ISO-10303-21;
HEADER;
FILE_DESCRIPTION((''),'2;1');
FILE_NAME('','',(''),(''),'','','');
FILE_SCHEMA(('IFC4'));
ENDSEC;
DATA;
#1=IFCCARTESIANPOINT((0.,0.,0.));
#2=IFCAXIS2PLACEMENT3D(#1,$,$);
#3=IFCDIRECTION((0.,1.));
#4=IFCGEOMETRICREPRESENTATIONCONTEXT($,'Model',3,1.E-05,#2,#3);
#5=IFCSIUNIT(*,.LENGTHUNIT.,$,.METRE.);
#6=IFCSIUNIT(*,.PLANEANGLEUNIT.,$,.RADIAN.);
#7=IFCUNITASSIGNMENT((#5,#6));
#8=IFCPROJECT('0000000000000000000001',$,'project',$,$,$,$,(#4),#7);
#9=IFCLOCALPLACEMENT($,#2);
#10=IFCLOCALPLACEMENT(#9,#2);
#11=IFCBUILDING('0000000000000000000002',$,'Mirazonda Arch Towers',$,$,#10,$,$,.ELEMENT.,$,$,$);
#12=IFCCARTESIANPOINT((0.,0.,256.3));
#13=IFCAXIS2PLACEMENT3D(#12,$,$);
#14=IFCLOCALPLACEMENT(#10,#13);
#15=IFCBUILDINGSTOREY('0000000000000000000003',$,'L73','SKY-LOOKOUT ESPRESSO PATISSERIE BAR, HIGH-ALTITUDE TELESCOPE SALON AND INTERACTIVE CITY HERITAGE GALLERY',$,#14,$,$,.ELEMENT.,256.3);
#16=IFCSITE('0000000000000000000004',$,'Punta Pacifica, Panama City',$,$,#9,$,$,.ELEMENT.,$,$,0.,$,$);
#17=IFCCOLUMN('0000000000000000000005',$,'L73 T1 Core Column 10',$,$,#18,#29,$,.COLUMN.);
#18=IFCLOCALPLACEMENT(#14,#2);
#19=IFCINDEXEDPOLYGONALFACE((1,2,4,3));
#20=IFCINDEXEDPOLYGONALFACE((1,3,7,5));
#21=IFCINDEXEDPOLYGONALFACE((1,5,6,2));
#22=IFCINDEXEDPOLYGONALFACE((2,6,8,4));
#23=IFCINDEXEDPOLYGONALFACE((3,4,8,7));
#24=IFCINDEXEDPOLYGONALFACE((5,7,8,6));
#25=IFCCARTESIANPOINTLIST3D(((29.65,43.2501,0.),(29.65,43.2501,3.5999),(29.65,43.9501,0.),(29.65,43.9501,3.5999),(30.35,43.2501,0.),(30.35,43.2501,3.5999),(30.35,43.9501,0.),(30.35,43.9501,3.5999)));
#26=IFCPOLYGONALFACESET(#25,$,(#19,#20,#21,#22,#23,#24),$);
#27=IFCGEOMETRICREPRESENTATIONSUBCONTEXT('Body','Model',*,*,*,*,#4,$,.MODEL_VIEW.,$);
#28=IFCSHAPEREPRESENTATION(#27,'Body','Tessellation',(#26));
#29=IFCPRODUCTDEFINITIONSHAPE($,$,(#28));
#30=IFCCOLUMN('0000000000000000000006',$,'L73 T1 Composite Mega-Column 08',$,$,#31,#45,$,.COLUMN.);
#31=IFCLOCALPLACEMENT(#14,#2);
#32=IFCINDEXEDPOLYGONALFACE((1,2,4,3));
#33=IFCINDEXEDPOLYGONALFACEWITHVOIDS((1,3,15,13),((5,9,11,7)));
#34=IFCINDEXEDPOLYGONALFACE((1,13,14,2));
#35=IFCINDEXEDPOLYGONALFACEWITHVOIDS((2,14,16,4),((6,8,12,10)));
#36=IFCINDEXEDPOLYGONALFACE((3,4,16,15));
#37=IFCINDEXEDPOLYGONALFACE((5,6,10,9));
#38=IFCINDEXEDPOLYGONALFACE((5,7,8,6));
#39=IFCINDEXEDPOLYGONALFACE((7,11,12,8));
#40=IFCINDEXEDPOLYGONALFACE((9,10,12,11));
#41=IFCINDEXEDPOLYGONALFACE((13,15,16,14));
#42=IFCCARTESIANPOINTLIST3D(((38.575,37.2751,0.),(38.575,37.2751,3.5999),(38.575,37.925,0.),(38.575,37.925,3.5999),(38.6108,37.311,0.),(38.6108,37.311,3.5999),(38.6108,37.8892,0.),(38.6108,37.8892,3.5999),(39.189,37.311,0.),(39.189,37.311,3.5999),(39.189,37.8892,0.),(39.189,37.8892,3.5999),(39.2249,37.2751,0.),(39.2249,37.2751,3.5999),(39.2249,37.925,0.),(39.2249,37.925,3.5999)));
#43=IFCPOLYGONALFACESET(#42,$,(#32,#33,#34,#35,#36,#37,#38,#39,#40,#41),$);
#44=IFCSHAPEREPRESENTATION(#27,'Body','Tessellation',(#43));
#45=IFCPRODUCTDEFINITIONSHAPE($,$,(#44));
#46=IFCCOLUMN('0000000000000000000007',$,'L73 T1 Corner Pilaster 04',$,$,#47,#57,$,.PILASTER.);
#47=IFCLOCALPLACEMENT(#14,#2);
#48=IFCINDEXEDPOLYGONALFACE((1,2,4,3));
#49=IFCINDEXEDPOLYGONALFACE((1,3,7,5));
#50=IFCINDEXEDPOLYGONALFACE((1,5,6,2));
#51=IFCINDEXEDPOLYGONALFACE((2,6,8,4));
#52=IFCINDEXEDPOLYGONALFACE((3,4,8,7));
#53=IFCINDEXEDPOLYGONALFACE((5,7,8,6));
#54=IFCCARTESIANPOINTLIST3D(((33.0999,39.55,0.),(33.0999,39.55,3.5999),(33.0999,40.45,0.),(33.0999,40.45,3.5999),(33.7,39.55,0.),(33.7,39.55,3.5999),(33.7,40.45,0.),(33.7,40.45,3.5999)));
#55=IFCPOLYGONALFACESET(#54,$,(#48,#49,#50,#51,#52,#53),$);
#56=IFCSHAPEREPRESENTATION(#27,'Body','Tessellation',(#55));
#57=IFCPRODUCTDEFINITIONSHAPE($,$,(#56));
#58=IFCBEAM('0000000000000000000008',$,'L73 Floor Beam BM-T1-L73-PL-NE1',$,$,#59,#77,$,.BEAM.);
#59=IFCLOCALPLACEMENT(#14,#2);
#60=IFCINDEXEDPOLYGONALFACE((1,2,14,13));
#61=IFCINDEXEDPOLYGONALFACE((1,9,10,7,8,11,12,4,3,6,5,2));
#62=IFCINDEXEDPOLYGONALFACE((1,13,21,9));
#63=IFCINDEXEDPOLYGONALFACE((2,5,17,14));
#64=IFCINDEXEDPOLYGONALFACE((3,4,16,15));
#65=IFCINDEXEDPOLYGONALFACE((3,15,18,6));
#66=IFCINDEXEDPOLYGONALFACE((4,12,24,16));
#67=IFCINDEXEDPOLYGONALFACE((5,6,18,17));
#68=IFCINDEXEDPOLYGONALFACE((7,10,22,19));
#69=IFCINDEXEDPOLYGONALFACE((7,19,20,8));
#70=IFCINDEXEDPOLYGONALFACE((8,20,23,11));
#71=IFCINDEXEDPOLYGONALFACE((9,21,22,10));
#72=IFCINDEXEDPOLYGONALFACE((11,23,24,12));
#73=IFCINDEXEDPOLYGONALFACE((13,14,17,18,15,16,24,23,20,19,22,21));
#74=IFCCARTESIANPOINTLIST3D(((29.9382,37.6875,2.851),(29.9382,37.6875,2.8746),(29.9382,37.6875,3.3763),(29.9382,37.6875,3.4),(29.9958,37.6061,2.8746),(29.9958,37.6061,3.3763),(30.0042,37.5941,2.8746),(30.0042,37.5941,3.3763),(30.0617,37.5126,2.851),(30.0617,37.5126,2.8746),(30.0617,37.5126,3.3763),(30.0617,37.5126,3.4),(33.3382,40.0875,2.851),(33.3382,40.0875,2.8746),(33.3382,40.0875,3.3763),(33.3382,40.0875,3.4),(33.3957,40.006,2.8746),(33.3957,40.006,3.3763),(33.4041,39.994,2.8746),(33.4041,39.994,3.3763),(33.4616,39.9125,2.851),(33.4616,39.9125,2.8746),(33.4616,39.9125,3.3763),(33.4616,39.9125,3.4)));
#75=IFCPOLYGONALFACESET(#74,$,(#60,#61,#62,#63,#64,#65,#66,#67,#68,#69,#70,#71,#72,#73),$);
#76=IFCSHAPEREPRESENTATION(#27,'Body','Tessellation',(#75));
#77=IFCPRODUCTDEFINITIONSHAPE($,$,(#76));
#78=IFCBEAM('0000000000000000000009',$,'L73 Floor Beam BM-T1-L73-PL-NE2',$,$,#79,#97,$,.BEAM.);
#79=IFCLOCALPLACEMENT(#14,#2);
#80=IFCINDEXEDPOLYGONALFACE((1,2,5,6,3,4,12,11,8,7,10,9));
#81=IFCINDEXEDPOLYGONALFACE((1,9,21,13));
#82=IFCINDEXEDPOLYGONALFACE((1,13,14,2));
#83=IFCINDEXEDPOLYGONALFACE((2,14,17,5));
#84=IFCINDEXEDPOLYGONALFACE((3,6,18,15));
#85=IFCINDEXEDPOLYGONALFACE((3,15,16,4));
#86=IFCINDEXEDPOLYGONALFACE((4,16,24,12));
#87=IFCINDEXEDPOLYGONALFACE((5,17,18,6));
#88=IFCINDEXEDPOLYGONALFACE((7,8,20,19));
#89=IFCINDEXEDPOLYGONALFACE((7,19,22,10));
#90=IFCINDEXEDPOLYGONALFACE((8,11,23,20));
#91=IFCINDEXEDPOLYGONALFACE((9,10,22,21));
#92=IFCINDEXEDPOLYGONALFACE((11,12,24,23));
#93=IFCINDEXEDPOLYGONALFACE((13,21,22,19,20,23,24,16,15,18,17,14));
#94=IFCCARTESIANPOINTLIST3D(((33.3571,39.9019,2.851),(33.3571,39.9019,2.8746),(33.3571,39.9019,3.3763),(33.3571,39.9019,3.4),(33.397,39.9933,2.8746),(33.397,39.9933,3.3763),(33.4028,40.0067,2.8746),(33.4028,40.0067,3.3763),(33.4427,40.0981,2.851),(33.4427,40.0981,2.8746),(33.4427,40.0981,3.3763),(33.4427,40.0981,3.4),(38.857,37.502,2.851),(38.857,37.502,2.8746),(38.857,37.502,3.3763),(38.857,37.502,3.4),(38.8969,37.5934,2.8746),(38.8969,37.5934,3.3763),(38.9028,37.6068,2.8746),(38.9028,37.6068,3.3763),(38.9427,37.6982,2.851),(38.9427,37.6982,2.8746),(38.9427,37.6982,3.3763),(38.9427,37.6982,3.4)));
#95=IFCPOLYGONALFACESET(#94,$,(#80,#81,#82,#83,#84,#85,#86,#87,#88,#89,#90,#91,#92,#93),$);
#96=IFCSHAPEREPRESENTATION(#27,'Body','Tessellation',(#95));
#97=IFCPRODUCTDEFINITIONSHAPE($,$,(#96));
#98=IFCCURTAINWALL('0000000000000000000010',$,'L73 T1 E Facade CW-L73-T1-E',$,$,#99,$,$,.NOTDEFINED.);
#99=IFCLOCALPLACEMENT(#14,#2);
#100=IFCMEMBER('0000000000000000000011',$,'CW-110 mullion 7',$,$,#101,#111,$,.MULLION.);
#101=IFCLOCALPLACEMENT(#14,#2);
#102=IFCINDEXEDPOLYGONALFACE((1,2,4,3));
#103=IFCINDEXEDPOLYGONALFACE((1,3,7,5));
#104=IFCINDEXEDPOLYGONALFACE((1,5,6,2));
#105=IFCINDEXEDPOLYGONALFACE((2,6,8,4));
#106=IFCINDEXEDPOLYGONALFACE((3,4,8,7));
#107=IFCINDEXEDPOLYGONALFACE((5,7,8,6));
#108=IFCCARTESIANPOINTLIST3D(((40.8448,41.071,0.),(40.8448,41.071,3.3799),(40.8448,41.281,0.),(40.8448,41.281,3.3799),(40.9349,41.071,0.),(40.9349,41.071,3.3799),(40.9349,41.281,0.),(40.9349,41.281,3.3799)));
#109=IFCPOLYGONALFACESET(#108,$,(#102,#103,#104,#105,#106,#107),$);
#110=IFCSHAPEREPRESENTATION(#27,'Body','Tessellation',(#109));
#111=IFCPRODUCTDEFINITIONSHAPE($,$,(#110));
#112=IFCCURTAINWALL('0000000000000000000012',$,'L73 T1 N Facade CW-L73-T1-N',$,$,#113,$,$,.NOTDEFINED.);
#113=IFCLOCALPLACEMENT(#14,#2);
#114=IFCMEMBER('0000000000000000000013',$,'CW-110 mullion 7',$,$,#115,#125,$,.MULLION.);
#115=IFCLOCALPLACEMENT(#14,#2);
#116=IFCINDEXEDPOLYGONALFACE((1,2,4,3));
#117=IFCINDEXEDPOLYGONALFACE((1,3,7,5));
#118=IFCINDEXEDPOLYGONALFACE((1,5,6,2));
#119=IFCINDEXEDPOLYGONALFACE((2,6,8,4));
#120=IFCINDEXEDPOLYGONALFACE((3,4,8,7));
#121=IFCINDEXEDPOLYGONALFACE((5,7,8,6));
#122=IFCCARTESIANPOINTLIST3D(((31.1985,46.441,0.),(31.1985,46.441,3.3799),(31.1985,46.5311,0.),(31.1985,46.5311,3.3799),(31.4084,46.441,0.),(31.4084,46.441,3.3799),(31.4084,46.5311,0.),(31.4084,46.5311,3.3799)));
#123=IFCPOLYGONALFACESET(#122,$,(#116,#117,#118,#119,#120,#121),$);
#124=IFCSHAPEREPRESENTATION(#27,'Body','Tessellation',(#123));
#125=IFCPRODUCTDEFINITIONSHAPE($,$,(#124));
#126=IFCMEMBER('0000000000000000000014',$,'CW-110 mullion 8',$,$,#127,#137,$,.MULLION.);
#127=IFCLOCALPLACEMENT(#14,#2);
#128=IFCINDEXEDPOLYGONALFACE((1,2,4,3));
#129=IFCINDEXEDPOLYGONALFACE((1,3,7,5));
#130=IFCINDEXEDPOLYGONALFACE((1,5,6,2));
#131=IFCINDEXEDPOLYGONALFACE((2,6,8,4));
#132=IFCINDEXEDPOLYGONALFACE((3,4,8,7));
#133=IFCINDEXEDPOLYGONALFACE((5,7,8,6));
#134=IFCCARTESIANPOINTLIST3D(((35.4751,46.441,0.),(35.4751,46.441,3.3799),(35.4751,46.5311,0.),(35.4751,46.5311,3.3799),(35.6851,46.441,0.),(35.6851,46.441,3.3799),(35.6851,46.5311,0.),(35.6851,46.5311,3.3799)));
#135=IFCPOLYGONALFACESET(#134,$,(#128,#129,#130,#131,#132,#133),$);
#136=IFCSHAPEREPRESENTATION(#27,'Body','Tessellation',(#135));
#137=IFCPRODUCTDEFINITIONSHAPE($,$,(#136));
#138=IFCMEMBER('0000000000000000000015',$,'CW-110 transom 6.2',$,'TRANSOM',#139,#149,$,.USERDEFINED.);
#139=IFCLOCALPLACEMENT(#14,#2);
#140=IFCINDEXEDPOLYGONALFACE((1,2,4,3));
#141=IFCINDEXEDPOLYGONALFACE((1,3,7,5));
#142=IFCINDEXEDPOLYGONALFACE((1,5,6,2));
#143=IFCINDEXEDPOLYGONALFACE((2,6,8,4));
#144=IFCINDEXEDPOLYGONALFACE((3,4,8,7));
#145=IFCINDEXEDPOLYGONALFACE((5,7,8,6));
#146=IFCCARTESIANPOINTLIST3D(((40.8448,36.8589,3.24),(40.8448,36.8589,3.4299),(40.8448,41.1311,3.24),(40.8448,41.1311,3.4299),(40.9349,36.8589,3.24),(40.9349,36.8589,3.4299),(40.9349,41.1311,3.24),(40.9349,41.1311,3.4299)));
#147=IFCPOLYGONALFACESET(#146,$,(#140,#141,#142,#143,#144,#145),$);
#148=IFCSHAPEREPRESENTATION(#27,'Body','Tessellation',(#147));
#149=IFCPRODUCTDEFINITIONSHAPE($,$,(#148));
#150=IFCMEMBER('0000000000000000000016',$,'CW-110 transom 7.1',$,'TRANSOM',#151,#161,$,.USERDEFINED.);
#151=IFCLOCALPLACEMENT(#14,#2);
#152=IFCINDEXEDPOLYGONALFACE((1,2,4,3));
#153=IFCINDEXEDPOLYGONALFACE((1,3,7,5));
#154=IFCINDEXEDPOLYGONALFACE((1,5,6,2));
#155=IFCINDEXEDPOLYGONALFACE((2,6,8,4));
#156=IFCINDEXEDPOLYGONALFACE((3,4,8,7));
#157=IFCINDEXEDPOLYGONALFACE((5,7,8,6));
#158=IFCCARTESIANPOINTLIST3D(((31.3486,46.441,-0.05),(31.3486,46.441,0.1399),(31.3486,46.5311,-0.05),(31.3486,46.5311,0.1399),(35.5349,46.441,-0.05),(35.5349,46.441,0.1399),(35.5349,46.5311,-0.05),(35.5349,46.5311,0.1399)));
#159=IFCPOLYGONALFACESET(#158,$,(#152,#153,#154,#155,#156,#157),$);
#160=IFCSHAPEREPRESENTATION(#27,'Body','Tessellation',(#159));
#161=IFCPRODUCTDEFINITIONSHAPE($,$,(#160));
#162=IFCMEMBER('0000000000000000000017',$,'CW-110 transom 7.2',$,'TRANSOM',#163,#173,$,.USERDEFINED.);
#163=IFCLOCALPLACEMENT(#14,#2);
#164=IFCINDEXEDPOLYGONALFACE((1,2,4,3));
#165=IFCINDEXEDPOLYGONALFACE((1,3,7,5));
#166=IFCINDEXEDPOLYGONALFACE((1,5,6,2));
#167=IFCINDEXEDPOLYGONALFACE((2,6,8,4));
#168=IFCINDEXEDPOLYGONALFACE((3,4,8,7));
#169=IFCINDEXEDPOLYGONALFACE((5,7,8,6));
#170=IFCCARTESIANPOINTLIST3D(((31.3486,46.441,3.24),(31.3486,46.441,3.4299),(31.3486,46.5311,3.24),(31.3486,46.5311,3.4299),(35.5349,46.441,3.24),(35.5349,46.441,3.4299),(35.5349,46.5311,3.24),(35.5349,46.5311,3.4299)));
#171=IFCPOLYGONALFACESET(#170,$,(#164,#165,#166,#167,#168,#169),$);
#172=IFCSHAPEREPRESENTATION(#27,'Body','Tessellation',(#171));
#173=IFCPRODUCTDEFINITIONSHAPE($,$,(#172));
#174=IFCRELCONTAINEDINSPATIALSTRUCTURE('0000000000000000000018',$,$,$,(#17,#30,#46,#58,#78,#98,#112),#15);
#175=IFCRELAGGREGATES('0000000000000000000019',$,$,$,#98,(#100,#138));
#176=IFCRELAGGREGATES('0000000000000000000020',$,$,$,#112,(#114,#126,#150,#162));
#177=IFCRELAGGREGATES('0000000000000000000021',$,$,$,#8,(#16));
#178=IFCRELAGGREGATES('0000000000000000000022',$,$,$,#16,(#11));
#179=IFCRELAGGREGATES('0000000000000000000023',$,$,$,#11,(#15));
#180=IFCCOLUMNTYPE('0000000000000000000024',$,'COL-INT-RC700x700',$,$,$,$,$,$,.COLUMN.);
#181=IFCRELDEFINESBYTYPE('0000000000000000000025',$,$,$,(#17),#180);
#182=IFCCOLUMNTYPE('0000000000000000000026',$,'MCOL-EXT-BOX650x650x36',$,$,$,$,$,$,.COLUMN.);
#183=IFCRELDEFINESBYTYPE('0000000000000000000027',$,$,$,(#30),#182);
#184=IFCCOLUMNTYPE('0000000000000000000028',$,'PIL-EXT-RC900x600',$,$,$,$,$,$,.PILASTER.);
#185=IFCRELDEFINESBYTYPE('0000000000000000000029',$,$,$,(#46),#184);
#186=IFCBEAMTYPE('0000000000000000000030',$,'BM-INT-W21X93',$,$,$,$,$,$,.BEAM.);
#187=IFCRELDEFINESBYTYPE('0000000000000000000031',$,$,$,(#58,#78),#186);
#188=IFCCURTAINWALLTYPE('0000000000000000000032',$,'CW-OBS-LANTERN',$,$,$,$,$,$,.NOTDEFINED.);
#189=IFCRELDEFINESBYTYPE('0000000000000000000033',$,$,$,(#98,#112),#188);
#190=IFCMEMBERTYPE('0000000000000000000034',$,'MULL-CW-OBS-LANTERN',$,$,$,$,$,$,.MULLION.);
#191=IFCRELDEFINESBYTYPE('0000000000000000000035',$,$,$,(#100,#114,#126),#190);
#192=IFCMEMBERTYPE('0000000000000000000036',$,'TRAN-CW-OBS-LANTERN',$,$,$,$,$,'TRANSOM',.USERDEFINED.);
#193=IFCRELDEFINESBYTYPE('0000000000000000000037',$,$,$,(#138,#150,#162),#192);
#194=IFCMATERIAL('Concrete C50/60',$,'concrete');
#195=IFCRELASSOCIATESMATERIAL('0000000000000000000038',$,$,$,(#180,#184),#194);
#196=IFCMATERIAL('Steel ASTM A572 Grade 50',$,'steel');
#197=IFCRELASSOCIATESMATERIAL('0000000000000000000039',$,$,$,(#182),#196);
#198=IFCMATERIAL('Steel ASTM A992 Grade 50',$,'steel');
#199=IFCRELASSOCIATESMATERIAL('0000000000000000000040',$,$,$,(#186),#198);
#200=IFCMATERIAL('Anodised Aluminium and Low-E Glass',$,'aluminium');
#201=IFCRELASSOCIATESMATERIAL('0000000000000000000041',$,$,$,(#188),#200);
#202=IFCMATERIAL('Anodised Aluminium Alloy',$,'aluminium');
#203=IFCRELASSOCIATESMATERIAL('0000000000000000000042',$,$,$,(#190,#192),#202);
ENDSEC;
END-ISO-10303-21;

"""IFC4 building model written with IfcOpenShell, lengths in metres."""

from ifc_helpers import new_model, si_unit, direction, frame, origin, origin_2d, place, context, subcontext, project, spatial, rectangle, hollow_rectangle, i_section, extrude, material, material_profile, profile_set, type_object, element, aggregate, save


model = new_model("IFC4")

# Units and contexts
model_context = context("Model", 3, precision=1e-05, world=origin(), true_north=direction((0.0, 1.0)))
body_context = subcontext(model_context, "Body", "Model", "MODEL_VIEW")
ifc_project = project(units=[si_unit("LENGTHUNIT", "METRE"), si_unit("PLANEANGLEUNIT", "RADIAN")], contexts=[model_context])

# Site, building, storey
site_placement = place(None, origin())
site = spatial("IfcSite", under=ifc_project, at=site_placement, Name="Punta Pacifica, Panama City", CompositionType="ELEMENT", RefElevation=0.0)
building_placement = place(site_placement, origin())
building = spatial("IfcBuilding", under=site, at=building_placement, Name="Mirazonda Arch Towers", CompositionType="ELEMENT")
storey_placement = place(building_placement, frame((0.0, 0.0, 256.3)))
storey = spatial("IfcBuildingStorey", under=building, at=storey_placement, Name="L73", Description="SKY-LOOKOUT ESPRESSO PATISSERIE BAR, HIGH-ALTITUDE TELESCOPE SALON AND INTERACTIVE CITY HERITAGE GALLERY", CompositionType="ELEMENT", Elevation=256.3)

# Columns
ifc_material_1 = material(Name="Concrete C50/60", Category="concrete")
ifc_material_profile_1 = material_profile(ifc_material_1, rectangle(XDim=0.7, YDim=0.7, at=origin_2d()), Name="RC700x700")
ifc_profile_set_1 = profile_set([ifc_material_profile_1], Name="Concrete C50/60")
column_type_1 = type_object("IfcColumnType", Name="COL-INT-RC700x700", PredefinedType="COLUMN", material=ifc_profile_set_1)
column_1_placement = place(storey_placement, frame((30.0, 43.6001, 0.0), z_axis=(0.0, 0.0, 1.0), x_axis=(1.0, 0.0, 0.0)))
element("IfcColumn", 1, at=column_1_placement, inside=storey, type_object=column_type_1, Name="L73 T1 Core Column 10", PredefinedType="COLUMN", context=body_context, shape_type="SweptSolid", body=[
    extrude(rectangle(XDim=0.7, YDim=0.7, at=origin_2d()), origin(), (0.0, 0.0, 1.0), 3.5999),
])
ifc_material_2 = material(Name="Steel ASTM A572 Grade 50", Category="steel")
ifc_material_profile_2 = material_profile(ifc_material_2, hollow_rectangle(XDim=0.6499, YDim=0.6499, WallThickness=0.0359, at=origin_2d()), Name="BOX650x650x36")
ifc_profile_set_2 = profile_set([ifc_material_profile_2], Name="Steel ASTM A572 Grade 50")
column_type_2 = type_object("IfcColumnType", Name="MCOL-EXT-BOX650x650x36", PredefinedType="COLUMN", material=ifc_profile_set_2)
column_2_placement = place(storey_placement, frame((38.8999, 37.6001, 0.0), z_axis=(0.0, 0.0, 1.0), x_axis=(1.0, 0.0, 0.0)))
element("IfcColumn", 2, at=column_2_placement, inside=storey, type_object=column_type_2, Name="L73 T1 Composite Mega-Column 08", PredefinedType="COLUMN", context=body_context, shape_type="SweptSolid", body=[
    extrude(hollow_rectangle(XDim=0.6499, YDim=0.6499, WallThickness=0.0359, at=origin_2d()), origin(), (0.0, 0.0, 1.0), 3.5999),
])
ifc_material_profile_3 = material_profile(ifc_material_1, rectangle(XDim=0.6001, YDim=0.8999, at=origin_2d()), Name="RC900x600")
ifc_profile_set_3 = profile_set([ifc_material_profile_3], Name="Concrete C50/60")
column_type_3 = type_object("IfcColumnType", Name="PIL-EXT-RC900x600", PredefinedType="PILASTER", material=ifc_profile_set_3)
column_3_placement = place(storey_placement, frame((33.3999, 40.0, 0.0), z_axis=(0.0, 0.0, 1.0), x_axis=(1.0, 0.0, 0.0)))
element("IfcColumn", 3, at=column_3_placement, inside=storey, type_object=column_type_3, Name="L73 T1 Corner Pilaster 04", PredefinedType="PILASTER", context=body_context, shape_type="SweptSolid", body=[
    extrude(rectangle(XDim=0.6001, YDim=0.8999, at=origin_2d()), origin(), (0.0, 0.0, 1.0), 3.5999),
])

# Beams
ifc_material_3 = material(Name="Steel ASTM A992 Grade 50", Category="steel")
ifc_material_profile_4 = material_profile(ifc_material_3, i_section(OverallWidth=0.2141, OverallDepth=0.5491, WebThickness=0.0146, FlangeThickness=0.0237, at=origin_2d()), Name="W21X93")
ifc_profile_set_4 = profile_set([ifc_material_profile_4], Name="Steel ASTM A992 Grade 50")
beam_type = type_object("IfcBeamType", Name="BM-INT-W21X93", PredefinedType="BEAM", material=ifc_profile_set_4)
beam_1_placement = place(storey_placement, frame((33.3999, 40.0, 3.1255), z_axis=(-0.816971, -0.576679, 0.0), x_axis=(0.576679, -0.816971, 0.0)))
element("IfcBeam", 4, at=beam_1_placement, inside=storey, type_object=beam_type, Name="L73 Floor Beam BM-T1-L73-PL-NE1", PredefinedType="BEAM", context=body_context, shape_type="SweptSolid", body=[
    extrude(i_section(OverallWidth=0.2141, OverallDepth=0.5491, WebThickness=0.0146, FlangeThickness=0.0237, at=origin_2d()), origin(), (0.0, 0.0, 1.0), 4.1616),
])
beam_2_placement = place(storey_placement, frame((33.3999, 40.0, 3.1255), z_axis=(0.916545, -0.399931, 0.0), x_axis=(0.399931, 0.916545, 0.0)))
element("IfcBeam", 5, at=beam_2_placement, inside=storey, type_object=beam_type, Name="L73 Floor Beam BM-T1-L73-PL-NE2", PredefinedType="BEAM", context=body_context, shape_type="SweptSolid", body=[
    extrude(i_section(OverallWidth=0.2141, OverallDepth=0.5491, WebThickness=0.0146, FlangeThickness=0.0237, at=origin_2d()), origin(), (0.0, 0.0, 1.0), 6.0007),
])

# Curtain wall, member
ifc_material_4 = material(Name="Anodised Aluminium and Low-E Glass", Category="aluminium")
curtain_wall_type = type_object("IfcCurtainWallType", Name="CW-OBS-LANTERN", PredefinedType="NOTDEFINED", material=ifc_material_4)
curtain_wall_1_placement = place(storey_placement, origin())
curtain_wall_1 = element("IfcCurtainWall", 6, at=curtain_wall_1_placement, inside=storey, type_object=curtain_wall_type, Name="L73 T1 E Facade CW-L73-T1-E", PredefinedType="NOTDEFINED")
ifc_material_5 = material(Name="Anodised Aluminium Alloy", Category="aluminium")
ifc_material_profile_5 = material_profile(ifc_material_5, rectangle(XDim=0.0901, YDim=0.21, at=origin_2d()), Name="ALU-MULL-90x210")
ifc_profile_set_5 = profile_set([ifc_material_profile_5], Name="Anodised Aluminium Alloy")
member_type_1 = type_object("IfcMemberType", Name="MULL-CW-OBS-LANTERN", PredefinedType="MULLION", material=ifc_profile_set_5)
member_1_placement = place(storey_placement, frame((40.8899, 41.176, 0.0), z_axis=(0.0, 0.0, 1.0), x_axis=(-1.0, 0.0, 0.0)))
member_1 = element("IfcMember", 7, at=member_1_placement, type_object=member_type_1, Name="CW-110 mullion 7", PredefinedType="MULLION", context=body_context, shape_type="SweptSolid", body=[
    extrude(rectangle(XDim=0.0901, YDim=0.21, at=origin_2d()), origin(), (0.0, 0.0, 1.0), 3.3799),
])

# Curtain wall, members
curtain_wall_2_placement = place(storey_placement, origin())
curtain_wall_2 = element("IfcCurtainWall", 8, at=curtain_wall_2_placement, inside=storey, type_object=curtain_wall_type, Name="L73 T1 N Facade CW-L73-T1-N", PredefinedType="NOTDEFINED")
member_2_placement = place(storey_placement, frame((31.3035, 46.4861, 0.0), z_axis=(0.0, 0.0, 1.0), x_axis=(0.0, 1.0, 0.0)))
member_2 = element("IfcMember", 9, at=member_2_placement, type_object=member_type_1, Name="CW-110 mullion 7", PredefinedType="MULLION", context=body_context, shape_type="SweptSolid", body=[
    extrude(rectangle(XDim=0.0901, YDim=0.21, at=origin_2d()), origin(), (0.0, 0.0, 1.0), 3.3799),
])
member_3_placement = place(storey_placement, frame((35.5801, 46.4861, 0.0), z_axis=(0.0, 0.0, 1.0), x_axis=(0.0, 1.0, 0.0)))
member_3 = element("IfcMember", 10, at=member_3_placement, type_object=member_type_1, Name="CW-110 mullion 8", PredefinedType="MULLION", context=body_context, shape_type="SweptSolid", body=[
    extrude(rectangle(XDim=0.0901, YDim=0.21, at=origin_2d()), origin(), (0.0, 0.0, 1.0), 3.3799),
])

# Members
ifc_material_profile_6 = material_profile(ifc_material_5, rectangle(XDim=0.0901, YDim=0.1899, at=origin_2d()), Name="ALU-TRAN-90x190")
ifc_profile_set_6 = profile_set([ifc_material_profile_6], Name="Anodised Aluminium Alloy")
member_type_2 = type_object("IfcMemberType", Name="TRAN-CW-OBS-LANTERN", ElementType="TRANSOM", PredefinedType="USERDEFINED", material=ifc_profile_set_6)
member_4_placement = place(storey_placement, frame((40.8899, 36.8589, 3.335), z_axis=(0.0, 1.0, 0.0), x_axis=(-1.0, 0.0, 0.0)))
member_4 = element("IfcMember", 11, at=member_4_placement, type_object=member_type_2, Name="CW-110 transom 6.2", ObjectType="TRANSOM", PredefinedType="USERDEFINED", context=body_context, shape_type="SweptSolid", body=[
    extrude(rectangle(XDim=0.0901, YDim=0.1899, at=origin_2d()), origin(), (0.0, 0.0, 1.0), 4.2722),
])
member_5_placement = place(storey_placement, frame((31.3486, 46.4861, 0.0449), z_axis=(1.0, 0.0, 0.0), x_axis=(0.0, 1.0, 0.0)))
member_5 = element("IfcMember", 12, at=member_5_placement, type_object=member_type_2, Name="CW-110 transom 7.1", ObjectType="TRANSOM", PredefinedType="USERDEFINED", context=body_context, shape_type="SweptSolid", body=[
    extrude(rectangle(XDim=0.0901, YDim=0.1899, at=origin_2d()), origin(), (0.0, 0.0, 1.0), 4.1863),
])
member_6_placement = place(storey_placement, frame((31.3486, 46.4861, 3.335), z_axis=(1.0, 0.0, 0.0), x_axis=(0.0, 1.0, 0.0)))
member_6 = element("IfcMember", 13, at=member_6_placement, type_object=member_type_2, Name="CW-110 transom 7.2", ObjectType="TRANSOM", PredefinedType="USERDEFINED", context=body_context, shape_type="SweptSolid", body=[
    extrude(rectangle(XDim=0.0901, YDim=0.1899, at=origin_2d()), origin(), (0.0, 0.0, 1.0), 4.1863),
])

aggregate(curtain_wall_1, [member_1, member_4])
aggregate(curtain_wall_2, [member_2, member_3, member_5, member_6])

save(model, "model.ifc")
